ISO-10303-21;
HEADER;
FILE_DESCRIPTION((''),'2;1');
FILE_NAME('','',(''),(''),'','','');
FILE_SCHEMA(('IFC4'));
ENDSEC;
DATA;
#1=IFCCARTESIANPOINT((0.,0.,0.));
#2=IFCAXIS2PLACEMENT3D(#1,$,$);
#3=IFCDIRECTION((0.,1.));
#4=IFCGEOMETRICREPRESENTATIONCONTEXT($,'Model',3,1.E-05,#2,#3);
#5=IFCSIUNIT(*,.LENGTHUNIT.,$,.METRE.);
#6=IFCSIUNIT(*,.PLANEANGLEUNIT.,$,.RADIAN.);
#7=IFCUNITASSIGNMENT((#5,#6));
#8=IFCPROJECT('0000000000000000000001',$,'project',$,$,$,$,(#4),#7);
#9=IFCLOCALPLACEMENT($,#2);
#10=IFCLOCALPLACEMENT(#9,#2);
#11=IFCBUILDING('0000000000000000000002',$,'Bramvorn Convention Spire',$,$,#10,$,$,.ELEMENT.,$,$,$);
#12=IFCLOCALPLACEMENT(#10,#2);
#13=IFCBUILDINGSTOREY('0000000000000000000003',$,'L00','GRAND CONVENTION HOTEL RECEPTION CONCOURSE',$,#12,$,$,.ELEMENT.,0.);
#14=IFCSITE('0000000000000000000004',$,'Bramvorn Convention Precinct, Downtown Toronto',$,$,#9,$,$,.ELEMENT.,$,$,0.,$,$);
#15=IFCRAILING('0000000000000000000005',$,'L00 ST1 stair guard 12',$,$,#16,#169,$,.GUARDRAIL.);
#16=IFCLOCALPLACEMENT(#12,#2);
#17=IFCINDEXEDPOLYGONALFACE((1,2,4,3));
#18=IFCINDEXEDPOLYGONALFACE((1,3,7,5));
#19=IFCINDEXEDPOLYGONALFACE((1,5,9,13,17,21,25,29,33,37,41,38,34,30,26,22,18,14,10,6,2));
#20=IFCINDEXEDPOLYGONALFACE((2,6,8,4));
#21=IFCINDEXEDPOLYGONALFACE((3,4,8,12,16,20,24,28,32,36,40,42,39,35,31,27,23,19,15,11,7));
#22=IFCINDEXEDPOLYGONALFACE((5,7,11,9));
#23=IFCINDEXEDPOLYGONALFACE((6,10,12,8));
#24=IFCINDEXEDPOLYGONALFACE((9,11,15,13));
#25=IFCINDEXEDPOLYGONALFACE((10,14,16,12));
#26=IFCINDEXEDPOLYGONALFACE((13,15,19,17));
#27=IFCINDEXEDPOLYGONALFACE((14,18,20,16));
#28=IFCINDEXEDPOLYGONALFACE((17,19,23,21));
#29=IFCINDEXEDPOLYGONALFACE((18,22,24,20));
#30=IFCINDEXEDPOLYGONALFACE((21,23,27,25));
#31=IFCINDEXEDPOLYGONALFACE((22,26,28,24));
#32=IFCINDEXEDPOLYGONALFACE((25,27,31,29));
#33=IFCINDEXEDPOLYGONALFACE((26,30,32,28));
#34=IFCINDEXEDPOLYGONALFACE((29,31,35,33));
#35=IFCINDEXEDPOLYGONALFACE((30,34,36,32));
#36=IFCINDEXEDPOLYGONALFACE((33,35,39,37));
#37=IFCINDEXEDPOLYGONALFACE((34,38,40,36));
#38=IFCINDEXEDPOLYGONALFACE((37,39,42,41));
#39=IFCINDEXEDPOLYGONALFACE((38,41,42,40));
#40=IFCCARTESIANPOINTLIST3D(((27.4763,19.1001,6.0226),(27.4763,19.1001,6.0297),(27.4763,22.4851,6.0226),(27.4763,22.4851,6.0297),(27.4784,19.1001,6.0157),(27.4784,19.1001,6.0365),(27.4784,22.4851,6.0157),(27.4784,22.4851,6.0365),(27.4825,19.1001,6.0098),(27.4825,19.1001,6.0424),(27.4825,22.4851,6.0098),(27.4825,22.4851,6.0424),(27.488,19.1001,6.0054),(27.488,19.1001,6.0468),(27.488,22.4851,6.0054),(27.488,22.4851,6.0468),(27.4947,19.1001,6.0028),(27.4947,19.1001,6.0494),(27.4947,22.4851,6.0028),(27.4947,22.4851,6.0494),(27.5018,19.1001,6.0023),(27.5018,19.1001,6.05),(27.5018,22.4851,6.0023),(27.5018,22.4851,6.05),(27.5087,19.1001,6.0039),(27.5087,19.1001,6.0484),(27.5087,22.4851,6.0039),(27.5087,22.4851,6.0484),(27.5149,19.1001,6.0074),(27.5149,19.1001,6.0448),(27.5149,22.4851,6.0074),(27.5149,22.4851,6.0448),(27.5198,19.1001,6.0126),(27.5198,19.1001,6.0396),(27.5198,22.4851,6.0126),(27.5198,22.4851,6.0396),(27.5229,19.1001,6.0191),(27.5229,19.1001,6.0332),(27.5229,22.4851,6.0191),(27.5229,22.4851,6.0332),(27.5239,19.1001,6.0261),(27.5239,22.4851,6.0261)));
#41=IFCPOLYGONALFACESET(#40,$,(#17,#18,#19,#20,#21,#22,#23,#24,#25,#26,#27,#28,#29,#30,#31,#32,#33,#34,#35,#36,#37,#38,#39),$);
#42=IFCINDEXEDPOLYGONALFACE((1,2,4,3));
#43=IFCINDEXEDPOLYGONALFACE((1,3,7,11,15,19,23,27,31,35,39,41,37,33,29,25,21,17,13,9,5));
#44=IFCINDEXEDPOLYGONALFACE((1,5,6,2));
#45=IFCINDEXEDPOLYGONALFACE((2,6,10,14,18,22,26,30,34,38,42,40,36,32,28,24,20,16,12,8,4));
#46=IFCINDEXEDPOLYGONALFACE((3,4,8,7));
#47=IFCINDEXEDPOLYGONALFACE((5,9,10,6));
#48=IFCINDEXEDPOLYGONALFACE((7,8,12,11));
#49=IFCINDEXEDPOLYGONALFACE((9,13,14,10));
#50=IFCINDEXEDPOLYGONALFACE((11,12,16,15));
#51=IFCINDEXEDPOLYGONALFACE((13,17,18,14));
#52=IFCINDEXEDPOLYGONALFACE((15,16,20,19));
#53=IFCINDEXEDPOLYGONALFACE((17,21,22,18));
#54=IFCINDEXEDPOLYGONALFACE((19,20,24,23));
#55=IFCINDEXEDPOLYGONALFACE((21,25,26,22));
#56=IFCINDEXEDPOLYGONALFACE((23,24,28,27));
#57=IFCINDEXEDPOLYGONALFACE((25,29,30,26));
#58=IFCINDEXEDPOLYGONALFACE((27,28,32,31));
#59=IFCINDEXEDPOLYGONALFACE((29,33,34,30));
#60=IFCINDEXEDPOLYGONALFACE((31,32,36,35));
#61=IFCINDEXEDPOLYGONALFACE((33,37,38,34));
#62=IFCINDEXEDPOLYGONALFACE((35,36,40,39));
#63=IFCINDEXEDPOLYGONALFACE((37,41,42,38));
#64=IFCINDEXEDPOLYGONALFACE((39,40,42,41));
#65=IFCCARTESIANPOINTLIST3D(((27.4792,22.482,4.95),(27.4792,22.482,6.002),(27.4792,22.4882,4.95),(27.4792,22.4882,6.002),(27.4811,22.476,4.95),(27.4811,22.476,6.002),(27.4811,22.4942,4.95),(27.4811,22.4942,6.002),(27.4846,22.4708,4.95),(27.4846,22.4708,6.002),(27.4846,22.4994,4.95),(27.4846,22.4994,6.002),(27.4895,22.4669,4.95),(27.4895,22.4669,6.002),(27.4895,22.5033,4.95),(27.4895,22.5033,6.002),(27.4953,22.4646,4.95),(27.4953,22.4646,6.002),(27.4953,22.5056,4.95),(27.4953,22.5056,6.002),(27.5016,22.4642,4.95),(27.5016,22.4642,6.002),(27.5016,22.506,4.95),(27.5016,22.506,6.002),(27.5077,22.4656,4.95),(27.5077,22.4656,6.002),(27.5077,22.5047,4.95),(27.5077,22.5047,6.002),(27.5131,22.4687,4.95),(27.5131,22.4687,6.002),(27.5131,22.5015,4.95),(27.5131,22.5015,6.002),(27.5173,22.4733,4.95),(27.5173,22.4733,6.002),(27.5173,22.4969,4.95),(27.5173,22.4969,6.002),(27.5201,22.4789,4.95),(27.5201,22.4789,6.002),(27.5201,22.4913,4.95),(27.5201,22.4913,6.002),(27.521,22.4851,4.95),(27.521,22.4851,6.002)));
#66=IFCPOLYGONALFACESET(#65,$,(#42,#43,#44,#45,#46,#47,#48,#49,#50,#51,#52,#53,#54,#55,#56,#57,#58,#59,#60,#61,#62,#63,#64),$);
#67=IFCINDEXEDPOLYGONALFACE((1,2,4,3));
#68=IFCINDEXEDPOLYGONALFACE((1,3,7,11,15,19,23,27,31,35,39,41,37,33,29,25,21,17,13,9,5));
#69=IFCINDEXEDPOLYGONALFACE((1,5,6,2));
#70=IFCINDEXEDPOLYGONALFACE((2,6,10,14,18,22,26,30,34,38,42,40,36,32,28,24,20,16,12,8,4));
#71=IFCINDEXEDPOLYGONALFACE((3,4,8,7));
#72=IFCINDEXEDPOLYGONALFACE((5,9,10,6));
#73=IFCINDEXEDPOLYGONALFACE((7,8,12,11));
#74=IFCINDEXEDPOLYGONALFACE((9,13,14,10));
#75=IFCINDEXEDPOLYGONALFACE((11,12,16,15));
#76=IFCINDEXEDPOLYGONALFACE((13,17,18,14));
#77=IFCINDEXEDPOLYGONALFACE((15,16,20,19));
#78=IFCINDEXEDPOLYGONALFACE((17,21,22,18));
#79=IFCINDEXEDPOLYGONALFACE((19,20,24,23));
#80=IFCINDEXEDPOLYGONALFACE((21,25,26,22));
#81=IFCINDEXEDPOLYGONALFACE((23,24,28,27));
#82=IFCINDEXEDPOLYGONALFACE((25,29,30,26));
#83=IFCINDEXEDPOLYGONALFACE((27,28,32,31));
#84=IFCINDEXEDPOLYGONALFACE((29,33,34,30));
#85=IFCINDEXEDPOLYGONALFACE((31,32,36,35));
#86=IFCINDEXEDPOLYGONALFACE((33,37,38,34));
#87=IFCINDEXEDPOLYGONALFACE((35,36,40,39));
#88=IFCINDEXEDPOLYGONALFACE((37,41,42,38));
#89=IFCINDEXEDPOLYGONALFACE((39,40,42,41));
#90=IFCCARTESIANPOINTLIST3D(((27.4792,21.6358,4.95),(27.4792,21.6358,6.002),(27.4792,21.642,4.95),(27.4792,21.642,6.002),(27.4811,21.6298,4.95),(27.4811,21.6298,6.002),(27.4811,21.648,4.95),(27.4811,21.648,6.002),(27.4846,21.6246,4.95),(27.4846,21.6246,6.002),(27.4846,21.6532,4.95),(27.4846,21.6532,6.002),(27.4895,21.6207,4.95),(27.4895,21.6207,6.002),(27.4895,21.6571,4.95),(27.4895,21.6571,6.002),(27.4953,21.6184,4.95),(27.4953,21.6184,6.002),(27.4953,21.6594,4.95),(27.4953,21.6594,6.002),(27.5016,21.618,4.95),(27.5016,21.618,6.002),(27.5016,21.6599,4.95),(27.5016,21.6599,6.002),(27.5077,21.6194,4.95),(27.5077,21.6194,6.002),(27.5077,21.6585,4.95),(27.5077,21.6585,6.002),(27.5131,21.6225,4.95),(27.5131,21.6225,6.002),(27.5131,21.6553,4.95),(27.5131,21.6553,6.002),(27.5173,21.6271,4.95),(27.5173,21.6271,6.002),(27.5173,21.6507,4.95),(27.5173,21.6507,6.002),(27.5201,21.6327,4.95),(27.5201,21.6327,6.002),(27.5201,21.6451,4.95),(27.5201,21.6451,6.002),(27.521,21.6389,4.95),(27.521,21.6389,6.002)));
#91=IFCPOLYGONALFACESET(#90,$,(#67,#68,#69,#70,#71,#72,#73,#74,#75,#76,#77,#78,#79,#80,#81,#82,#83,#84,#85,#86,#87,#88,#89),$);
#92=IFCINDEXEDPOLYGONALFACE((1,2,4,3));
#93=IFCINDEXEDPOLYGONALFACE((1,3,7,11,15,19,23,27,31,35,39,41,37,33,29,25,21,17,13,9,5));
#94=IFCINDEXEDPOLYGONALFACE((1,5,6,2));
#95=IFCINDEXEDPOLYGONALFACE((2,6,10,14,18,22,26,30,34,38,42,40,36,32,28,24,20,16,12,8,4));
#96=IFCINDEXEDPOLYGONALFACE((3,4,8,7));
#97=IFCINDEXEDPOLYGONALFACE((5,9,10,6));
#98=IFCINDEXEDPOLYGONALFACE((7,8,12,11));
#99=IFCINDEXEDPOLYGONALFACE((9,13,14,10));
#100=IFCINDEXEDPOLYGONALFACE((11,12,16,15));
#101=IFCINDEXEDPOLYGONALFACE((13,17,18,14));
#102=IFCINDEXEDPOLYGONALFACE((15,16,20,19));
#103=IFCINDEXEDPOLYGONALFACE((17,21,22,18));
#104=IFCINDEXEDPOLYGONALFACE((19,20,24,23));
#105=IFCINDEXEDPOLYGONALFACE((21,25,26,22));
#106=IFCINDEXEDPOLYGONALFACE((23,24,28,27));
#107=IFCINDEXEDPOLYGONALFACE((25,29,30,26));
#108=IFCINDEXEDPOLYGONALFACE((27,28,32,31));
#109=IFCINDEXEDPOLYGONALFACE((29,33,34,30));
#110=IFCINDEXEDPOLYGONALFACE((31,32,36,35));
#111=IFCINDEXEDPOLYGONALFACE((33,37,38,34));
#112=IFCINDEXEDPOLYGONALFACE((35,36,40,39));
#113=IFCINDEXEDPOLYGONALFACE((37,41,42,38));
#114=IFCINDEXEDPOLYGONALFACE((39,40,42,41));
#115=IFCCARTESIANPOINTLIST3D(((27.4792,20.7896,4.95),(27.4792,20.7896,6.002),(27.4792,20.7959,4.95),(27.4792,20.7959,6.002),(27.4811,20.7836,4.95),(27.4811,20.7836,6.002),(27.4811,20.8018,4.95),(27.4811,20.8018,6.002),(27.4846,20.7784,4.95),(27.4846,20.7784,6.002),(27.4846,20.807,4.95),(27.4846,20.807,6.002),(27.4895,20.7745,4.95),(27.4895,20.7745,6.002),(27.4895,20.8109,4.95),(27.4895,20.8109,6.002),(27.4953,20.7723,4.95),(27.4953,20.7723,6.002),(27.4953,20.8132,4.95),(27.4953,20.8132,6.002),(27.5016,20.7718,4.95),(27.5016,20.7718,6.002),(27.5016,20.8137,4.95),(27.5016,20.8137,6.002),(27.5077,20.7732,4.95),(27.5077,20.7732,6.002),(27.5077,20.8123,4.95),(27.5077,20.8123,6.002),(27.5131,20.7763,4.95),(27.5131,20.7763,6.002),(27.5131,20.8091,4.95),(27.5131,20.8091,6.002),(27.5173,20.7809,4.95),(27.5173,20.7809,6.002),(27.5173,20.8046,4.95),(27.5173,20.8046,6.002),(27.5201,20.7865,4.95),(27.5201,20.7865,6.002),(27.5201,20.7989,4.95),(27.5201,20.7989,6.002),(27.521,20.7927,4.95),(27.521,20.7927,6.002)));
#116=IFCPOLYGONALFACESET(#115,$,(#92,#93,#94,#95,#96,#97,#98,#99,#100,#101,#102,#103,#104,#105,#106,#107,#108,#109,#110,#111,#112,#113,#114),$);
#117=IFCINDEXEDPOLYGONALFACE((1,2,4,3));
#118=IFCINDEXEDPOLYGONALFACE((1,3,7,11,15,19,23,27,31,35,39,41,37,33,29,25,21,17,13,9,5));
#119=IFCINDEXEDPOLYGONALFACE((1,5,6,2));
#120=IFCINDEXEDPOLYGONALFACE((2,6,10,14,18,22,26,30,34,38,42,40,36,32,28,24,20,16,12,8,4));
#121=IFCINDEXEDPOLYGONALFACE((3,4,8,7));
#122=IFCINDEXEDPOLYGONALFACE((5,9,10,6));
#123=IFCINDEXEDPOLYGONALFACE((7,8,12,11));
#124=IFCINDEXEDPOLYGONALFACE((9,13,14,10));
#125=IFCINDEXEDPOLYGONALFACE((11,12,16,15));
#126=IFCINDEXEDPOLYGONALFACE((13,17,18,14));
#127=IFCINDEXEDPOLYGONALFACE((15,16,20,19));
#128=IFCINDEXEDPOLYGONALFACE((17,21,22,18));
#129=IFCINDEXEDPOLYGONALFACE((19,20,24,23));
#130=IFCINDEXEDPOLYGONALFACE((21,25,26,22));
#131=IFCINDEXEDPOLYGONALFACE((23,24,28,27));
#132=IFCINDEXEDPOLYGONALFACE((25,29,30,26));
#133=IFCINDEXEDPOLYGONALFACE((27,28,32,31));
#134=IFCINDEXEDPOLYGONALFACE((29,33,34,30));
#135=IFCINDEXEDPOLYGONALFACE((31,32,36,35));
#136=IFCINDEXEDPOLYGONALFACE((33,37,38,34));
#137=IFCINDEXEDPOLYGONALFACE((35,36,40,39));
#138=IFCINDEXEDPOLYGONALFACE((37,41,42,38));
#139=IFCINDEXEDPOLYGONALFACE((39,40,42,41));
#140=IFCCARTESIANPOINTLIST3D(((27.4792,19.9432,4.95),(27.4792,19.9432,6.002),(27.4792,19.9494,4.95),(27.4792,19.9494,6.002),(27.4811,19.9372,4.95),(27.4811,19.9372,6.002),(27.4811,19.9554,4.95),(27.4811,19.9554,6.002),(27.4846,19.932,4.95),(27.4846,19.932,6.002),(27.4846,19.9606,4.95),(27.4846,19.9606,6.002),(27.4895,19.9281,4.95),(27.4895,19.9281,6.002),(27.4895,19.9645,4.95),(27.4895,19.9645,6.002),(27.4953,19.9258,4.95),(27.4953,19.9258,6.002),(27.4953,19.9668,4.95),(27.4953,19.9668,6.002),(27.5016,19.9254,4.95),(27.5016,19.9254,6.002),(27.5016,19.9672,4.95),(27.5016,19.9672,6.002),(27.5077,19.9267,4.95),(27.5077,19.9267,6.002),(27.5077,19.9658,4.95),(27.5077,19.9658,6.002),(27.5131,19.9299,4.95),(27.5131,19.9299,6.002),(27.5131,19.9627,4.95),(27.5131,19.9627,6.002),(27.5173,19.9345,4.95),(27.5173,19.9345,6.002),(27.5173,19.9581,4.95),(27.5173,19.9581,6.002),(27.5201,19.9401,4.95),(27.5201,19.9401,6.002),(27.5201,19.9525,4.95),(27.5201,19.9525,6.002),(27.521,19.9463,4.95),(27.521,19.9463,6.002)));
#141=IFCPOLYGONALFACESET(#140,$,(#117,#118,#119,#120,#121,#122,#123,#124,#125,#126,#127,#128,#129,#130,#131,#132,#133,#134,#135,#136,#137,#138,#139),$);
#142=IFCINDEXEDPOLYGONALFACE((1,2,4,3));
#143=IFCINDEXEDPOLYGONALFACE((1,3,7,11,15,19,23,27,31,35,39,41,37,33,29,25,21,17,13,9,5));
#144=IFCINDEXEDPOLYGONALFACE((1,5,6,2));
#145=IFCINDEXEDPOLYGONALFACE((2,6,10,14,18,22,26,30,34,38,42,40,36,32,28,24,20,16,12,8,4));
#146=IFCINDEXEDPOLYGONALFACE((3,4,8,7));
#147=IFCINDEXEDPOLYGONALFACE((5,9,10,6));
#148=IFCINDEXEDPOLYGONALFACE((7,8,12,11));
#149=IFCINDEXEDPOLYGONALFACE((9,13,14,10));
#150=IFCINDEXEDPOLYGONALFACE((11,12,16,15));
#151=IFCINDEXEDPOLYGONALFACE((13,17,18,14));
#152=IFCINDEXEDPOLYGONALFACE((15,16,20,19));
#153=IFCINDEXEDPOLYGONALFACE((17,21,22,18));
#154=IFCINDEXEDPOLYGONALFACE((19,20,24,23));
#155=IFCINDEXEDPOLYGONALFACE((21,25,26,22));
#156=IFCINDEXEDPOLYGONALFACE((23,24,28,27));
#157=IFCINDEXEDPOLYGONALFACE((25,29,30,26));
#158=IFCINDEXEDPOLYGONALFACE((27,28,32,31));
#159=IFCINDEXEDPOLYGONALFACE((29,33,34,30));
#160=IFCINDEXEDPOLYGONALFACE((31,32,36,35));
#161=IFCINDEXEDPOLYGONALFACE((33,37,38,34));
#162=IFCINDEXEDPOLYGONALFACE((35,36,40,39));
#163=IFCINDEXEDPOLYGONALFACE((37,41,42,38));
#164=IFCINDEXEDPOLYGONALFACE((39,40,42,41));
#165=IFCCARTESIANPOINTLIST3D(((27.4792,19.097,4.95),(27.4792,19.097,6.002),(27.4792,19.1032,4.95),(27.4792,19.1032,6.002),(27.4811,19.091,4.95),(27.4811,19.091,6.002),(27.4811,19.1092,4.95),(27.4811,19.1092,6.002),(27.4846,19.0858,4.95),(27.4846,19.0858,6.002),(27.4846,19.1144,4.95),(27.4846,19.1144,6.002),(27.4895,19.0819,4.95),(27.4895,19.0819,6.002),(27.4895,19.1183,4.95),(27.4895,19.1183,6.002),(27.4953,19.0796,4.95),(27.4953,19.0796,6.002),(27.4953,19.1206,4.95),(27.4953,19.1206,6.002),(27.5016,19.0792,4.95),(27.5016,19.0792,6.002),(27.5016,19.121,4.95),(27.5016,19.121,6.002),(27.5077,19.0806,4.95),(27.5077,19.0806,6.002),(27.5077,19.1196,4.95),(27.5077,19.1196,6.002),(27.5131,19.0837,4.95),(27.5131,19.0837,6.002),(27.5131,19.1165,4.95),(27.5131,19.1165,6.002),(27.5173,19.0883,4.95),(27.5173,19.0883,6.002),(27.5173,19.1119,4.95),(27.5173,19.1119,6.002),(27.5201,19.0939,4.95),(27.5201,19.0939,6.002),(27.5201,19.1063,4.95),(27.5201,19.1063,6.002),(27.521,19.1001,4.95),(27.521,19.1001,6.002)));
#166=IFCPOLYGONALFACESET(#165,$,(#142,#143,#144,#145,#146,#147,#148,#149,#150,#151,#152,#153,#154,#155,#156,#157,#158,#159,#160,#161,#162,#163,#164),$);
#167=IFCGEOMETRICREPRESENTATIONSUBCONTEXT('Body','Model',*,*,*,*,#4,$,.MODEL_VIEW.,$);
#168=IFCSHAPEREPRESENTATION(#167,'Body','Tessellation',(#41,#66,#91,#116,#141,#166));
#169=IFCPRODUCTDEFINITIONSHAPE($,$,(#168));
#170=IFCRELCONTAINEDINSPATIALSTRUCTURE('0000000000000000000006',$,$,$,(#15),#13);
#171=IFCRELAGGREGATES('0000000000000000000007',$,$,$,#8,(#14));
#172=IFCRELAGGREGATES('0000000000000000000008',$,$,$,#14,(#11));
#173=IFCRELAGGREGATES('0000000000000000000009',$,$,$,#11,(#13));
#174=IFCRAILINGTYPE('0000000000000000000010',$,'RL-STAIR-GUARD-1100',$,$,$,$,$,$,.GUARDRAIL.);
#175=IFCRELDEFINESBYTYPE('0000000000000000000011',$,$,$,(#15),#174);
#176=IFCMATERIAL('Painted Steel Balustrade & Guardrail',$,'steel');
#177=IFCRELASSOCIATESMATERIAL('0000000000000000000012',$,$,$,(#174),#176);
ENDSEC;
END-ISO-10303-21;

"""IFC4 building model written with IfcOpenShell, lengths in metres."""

from ifc_helpers import new_model, si_unit, direction, frame, origin, origin_2d, place, context, subcontext, project, spatial, circle, extrude, material, type_object, element, save


model = new_model("IFC4")

# Units and contexts
model_context = context("Model", 3, precision=1e-05, world=origin(), true_north=direction((0.0, 1.0)))
body_context = subcontext(model_context, "Body", "Model", "MODEL_VIEW")
ifc_project = project(units=[si_unit("LENGTHUNIT", "METRE"), si_unit("PLANEANGLEUNIT", "RADIAN")], contexts=[model_context])

# Site, building, storey
site_placement = place(None, origin())
site = spatial("IfcSite", under=ifc_project, at=site_placement, Name="Bramvorn Convention Precinct, Downtown Toronto", CompositionType="ELEMENT", RefElevation=0.0)
building_placement = place(site_placement, origin())
building = spatial("IfcBuilding", under=site, at=building_placement, Name="Bramvorn Convention Spire", CompositionType="ELEMENT")
storey_placement = place(building_placement, origin())
storey = spatial("IfcBuildingStorey", under=building, at=storey_placement, Name="L00", Description="GRAND CONVENTION HOTEL RECEPTION CONCOURSE", CompositionType="ELEMENT", Elevation=0.0)

# Railing
ifc_material_1 = material(Name="Painted Steel Balustrade & Guardrail", Category="steel")
railing_type_1 = type_object("IfcRailingType", Name="RL-STAIR-GUARD-1100", PredefinedType="GUARDRAIL", material=ifc_material_1)
for number, where, name in (
    (1, (27.5, 22.4851, 4.95), "L00 ST1 stair guard 12"),
):
    element("IfcRailing", number, at=place(storey_placement, frame(where)), inside=storey, type_object=railing_type_1, Name=name, PredefinedType="GUARDRAIL", context=body_context, shape_type="SweptSolid", body=[
        extrude(circle(Radius=0.0239, at=origin_2d()), frame((0.0, 0.0, 1.0762), z_axis=(0.0, -1.0, 0.0), x_axis=(1.0, 0.0, 0.0)), (0.0, 0.0, 1.0), 3.385),
        extrude(circle(Radius=0.021, at=origin_2d()), origin(), (0.0, 0.0, 1.0), 1.052),
        extrude(circle(Radius=0.021, at=origin_2d()), frame((0.0, -0.8462, 0.0)), (0.0, 0.0, 1.0), 1.052),
        extrude(circle(Radius=0.021, at=origin_2d()), frame((0.0, -1.6924, 0.0)), (0.0, 0.0, 1.0), 1.052),
        extrude(circle(Radius=0.021, at=origin_2d()), frame((0.0, -2.5388, 0.0)), (0.0, 0.0, 1.0), 1.052),
        extrude(circle(Radius=0.021, at=origin_2d()), frame((0.0, -3.385, 0.0)), (0.0, 0.0, 1.0), 1.052),
    ])

save(model, "model.ifc")
